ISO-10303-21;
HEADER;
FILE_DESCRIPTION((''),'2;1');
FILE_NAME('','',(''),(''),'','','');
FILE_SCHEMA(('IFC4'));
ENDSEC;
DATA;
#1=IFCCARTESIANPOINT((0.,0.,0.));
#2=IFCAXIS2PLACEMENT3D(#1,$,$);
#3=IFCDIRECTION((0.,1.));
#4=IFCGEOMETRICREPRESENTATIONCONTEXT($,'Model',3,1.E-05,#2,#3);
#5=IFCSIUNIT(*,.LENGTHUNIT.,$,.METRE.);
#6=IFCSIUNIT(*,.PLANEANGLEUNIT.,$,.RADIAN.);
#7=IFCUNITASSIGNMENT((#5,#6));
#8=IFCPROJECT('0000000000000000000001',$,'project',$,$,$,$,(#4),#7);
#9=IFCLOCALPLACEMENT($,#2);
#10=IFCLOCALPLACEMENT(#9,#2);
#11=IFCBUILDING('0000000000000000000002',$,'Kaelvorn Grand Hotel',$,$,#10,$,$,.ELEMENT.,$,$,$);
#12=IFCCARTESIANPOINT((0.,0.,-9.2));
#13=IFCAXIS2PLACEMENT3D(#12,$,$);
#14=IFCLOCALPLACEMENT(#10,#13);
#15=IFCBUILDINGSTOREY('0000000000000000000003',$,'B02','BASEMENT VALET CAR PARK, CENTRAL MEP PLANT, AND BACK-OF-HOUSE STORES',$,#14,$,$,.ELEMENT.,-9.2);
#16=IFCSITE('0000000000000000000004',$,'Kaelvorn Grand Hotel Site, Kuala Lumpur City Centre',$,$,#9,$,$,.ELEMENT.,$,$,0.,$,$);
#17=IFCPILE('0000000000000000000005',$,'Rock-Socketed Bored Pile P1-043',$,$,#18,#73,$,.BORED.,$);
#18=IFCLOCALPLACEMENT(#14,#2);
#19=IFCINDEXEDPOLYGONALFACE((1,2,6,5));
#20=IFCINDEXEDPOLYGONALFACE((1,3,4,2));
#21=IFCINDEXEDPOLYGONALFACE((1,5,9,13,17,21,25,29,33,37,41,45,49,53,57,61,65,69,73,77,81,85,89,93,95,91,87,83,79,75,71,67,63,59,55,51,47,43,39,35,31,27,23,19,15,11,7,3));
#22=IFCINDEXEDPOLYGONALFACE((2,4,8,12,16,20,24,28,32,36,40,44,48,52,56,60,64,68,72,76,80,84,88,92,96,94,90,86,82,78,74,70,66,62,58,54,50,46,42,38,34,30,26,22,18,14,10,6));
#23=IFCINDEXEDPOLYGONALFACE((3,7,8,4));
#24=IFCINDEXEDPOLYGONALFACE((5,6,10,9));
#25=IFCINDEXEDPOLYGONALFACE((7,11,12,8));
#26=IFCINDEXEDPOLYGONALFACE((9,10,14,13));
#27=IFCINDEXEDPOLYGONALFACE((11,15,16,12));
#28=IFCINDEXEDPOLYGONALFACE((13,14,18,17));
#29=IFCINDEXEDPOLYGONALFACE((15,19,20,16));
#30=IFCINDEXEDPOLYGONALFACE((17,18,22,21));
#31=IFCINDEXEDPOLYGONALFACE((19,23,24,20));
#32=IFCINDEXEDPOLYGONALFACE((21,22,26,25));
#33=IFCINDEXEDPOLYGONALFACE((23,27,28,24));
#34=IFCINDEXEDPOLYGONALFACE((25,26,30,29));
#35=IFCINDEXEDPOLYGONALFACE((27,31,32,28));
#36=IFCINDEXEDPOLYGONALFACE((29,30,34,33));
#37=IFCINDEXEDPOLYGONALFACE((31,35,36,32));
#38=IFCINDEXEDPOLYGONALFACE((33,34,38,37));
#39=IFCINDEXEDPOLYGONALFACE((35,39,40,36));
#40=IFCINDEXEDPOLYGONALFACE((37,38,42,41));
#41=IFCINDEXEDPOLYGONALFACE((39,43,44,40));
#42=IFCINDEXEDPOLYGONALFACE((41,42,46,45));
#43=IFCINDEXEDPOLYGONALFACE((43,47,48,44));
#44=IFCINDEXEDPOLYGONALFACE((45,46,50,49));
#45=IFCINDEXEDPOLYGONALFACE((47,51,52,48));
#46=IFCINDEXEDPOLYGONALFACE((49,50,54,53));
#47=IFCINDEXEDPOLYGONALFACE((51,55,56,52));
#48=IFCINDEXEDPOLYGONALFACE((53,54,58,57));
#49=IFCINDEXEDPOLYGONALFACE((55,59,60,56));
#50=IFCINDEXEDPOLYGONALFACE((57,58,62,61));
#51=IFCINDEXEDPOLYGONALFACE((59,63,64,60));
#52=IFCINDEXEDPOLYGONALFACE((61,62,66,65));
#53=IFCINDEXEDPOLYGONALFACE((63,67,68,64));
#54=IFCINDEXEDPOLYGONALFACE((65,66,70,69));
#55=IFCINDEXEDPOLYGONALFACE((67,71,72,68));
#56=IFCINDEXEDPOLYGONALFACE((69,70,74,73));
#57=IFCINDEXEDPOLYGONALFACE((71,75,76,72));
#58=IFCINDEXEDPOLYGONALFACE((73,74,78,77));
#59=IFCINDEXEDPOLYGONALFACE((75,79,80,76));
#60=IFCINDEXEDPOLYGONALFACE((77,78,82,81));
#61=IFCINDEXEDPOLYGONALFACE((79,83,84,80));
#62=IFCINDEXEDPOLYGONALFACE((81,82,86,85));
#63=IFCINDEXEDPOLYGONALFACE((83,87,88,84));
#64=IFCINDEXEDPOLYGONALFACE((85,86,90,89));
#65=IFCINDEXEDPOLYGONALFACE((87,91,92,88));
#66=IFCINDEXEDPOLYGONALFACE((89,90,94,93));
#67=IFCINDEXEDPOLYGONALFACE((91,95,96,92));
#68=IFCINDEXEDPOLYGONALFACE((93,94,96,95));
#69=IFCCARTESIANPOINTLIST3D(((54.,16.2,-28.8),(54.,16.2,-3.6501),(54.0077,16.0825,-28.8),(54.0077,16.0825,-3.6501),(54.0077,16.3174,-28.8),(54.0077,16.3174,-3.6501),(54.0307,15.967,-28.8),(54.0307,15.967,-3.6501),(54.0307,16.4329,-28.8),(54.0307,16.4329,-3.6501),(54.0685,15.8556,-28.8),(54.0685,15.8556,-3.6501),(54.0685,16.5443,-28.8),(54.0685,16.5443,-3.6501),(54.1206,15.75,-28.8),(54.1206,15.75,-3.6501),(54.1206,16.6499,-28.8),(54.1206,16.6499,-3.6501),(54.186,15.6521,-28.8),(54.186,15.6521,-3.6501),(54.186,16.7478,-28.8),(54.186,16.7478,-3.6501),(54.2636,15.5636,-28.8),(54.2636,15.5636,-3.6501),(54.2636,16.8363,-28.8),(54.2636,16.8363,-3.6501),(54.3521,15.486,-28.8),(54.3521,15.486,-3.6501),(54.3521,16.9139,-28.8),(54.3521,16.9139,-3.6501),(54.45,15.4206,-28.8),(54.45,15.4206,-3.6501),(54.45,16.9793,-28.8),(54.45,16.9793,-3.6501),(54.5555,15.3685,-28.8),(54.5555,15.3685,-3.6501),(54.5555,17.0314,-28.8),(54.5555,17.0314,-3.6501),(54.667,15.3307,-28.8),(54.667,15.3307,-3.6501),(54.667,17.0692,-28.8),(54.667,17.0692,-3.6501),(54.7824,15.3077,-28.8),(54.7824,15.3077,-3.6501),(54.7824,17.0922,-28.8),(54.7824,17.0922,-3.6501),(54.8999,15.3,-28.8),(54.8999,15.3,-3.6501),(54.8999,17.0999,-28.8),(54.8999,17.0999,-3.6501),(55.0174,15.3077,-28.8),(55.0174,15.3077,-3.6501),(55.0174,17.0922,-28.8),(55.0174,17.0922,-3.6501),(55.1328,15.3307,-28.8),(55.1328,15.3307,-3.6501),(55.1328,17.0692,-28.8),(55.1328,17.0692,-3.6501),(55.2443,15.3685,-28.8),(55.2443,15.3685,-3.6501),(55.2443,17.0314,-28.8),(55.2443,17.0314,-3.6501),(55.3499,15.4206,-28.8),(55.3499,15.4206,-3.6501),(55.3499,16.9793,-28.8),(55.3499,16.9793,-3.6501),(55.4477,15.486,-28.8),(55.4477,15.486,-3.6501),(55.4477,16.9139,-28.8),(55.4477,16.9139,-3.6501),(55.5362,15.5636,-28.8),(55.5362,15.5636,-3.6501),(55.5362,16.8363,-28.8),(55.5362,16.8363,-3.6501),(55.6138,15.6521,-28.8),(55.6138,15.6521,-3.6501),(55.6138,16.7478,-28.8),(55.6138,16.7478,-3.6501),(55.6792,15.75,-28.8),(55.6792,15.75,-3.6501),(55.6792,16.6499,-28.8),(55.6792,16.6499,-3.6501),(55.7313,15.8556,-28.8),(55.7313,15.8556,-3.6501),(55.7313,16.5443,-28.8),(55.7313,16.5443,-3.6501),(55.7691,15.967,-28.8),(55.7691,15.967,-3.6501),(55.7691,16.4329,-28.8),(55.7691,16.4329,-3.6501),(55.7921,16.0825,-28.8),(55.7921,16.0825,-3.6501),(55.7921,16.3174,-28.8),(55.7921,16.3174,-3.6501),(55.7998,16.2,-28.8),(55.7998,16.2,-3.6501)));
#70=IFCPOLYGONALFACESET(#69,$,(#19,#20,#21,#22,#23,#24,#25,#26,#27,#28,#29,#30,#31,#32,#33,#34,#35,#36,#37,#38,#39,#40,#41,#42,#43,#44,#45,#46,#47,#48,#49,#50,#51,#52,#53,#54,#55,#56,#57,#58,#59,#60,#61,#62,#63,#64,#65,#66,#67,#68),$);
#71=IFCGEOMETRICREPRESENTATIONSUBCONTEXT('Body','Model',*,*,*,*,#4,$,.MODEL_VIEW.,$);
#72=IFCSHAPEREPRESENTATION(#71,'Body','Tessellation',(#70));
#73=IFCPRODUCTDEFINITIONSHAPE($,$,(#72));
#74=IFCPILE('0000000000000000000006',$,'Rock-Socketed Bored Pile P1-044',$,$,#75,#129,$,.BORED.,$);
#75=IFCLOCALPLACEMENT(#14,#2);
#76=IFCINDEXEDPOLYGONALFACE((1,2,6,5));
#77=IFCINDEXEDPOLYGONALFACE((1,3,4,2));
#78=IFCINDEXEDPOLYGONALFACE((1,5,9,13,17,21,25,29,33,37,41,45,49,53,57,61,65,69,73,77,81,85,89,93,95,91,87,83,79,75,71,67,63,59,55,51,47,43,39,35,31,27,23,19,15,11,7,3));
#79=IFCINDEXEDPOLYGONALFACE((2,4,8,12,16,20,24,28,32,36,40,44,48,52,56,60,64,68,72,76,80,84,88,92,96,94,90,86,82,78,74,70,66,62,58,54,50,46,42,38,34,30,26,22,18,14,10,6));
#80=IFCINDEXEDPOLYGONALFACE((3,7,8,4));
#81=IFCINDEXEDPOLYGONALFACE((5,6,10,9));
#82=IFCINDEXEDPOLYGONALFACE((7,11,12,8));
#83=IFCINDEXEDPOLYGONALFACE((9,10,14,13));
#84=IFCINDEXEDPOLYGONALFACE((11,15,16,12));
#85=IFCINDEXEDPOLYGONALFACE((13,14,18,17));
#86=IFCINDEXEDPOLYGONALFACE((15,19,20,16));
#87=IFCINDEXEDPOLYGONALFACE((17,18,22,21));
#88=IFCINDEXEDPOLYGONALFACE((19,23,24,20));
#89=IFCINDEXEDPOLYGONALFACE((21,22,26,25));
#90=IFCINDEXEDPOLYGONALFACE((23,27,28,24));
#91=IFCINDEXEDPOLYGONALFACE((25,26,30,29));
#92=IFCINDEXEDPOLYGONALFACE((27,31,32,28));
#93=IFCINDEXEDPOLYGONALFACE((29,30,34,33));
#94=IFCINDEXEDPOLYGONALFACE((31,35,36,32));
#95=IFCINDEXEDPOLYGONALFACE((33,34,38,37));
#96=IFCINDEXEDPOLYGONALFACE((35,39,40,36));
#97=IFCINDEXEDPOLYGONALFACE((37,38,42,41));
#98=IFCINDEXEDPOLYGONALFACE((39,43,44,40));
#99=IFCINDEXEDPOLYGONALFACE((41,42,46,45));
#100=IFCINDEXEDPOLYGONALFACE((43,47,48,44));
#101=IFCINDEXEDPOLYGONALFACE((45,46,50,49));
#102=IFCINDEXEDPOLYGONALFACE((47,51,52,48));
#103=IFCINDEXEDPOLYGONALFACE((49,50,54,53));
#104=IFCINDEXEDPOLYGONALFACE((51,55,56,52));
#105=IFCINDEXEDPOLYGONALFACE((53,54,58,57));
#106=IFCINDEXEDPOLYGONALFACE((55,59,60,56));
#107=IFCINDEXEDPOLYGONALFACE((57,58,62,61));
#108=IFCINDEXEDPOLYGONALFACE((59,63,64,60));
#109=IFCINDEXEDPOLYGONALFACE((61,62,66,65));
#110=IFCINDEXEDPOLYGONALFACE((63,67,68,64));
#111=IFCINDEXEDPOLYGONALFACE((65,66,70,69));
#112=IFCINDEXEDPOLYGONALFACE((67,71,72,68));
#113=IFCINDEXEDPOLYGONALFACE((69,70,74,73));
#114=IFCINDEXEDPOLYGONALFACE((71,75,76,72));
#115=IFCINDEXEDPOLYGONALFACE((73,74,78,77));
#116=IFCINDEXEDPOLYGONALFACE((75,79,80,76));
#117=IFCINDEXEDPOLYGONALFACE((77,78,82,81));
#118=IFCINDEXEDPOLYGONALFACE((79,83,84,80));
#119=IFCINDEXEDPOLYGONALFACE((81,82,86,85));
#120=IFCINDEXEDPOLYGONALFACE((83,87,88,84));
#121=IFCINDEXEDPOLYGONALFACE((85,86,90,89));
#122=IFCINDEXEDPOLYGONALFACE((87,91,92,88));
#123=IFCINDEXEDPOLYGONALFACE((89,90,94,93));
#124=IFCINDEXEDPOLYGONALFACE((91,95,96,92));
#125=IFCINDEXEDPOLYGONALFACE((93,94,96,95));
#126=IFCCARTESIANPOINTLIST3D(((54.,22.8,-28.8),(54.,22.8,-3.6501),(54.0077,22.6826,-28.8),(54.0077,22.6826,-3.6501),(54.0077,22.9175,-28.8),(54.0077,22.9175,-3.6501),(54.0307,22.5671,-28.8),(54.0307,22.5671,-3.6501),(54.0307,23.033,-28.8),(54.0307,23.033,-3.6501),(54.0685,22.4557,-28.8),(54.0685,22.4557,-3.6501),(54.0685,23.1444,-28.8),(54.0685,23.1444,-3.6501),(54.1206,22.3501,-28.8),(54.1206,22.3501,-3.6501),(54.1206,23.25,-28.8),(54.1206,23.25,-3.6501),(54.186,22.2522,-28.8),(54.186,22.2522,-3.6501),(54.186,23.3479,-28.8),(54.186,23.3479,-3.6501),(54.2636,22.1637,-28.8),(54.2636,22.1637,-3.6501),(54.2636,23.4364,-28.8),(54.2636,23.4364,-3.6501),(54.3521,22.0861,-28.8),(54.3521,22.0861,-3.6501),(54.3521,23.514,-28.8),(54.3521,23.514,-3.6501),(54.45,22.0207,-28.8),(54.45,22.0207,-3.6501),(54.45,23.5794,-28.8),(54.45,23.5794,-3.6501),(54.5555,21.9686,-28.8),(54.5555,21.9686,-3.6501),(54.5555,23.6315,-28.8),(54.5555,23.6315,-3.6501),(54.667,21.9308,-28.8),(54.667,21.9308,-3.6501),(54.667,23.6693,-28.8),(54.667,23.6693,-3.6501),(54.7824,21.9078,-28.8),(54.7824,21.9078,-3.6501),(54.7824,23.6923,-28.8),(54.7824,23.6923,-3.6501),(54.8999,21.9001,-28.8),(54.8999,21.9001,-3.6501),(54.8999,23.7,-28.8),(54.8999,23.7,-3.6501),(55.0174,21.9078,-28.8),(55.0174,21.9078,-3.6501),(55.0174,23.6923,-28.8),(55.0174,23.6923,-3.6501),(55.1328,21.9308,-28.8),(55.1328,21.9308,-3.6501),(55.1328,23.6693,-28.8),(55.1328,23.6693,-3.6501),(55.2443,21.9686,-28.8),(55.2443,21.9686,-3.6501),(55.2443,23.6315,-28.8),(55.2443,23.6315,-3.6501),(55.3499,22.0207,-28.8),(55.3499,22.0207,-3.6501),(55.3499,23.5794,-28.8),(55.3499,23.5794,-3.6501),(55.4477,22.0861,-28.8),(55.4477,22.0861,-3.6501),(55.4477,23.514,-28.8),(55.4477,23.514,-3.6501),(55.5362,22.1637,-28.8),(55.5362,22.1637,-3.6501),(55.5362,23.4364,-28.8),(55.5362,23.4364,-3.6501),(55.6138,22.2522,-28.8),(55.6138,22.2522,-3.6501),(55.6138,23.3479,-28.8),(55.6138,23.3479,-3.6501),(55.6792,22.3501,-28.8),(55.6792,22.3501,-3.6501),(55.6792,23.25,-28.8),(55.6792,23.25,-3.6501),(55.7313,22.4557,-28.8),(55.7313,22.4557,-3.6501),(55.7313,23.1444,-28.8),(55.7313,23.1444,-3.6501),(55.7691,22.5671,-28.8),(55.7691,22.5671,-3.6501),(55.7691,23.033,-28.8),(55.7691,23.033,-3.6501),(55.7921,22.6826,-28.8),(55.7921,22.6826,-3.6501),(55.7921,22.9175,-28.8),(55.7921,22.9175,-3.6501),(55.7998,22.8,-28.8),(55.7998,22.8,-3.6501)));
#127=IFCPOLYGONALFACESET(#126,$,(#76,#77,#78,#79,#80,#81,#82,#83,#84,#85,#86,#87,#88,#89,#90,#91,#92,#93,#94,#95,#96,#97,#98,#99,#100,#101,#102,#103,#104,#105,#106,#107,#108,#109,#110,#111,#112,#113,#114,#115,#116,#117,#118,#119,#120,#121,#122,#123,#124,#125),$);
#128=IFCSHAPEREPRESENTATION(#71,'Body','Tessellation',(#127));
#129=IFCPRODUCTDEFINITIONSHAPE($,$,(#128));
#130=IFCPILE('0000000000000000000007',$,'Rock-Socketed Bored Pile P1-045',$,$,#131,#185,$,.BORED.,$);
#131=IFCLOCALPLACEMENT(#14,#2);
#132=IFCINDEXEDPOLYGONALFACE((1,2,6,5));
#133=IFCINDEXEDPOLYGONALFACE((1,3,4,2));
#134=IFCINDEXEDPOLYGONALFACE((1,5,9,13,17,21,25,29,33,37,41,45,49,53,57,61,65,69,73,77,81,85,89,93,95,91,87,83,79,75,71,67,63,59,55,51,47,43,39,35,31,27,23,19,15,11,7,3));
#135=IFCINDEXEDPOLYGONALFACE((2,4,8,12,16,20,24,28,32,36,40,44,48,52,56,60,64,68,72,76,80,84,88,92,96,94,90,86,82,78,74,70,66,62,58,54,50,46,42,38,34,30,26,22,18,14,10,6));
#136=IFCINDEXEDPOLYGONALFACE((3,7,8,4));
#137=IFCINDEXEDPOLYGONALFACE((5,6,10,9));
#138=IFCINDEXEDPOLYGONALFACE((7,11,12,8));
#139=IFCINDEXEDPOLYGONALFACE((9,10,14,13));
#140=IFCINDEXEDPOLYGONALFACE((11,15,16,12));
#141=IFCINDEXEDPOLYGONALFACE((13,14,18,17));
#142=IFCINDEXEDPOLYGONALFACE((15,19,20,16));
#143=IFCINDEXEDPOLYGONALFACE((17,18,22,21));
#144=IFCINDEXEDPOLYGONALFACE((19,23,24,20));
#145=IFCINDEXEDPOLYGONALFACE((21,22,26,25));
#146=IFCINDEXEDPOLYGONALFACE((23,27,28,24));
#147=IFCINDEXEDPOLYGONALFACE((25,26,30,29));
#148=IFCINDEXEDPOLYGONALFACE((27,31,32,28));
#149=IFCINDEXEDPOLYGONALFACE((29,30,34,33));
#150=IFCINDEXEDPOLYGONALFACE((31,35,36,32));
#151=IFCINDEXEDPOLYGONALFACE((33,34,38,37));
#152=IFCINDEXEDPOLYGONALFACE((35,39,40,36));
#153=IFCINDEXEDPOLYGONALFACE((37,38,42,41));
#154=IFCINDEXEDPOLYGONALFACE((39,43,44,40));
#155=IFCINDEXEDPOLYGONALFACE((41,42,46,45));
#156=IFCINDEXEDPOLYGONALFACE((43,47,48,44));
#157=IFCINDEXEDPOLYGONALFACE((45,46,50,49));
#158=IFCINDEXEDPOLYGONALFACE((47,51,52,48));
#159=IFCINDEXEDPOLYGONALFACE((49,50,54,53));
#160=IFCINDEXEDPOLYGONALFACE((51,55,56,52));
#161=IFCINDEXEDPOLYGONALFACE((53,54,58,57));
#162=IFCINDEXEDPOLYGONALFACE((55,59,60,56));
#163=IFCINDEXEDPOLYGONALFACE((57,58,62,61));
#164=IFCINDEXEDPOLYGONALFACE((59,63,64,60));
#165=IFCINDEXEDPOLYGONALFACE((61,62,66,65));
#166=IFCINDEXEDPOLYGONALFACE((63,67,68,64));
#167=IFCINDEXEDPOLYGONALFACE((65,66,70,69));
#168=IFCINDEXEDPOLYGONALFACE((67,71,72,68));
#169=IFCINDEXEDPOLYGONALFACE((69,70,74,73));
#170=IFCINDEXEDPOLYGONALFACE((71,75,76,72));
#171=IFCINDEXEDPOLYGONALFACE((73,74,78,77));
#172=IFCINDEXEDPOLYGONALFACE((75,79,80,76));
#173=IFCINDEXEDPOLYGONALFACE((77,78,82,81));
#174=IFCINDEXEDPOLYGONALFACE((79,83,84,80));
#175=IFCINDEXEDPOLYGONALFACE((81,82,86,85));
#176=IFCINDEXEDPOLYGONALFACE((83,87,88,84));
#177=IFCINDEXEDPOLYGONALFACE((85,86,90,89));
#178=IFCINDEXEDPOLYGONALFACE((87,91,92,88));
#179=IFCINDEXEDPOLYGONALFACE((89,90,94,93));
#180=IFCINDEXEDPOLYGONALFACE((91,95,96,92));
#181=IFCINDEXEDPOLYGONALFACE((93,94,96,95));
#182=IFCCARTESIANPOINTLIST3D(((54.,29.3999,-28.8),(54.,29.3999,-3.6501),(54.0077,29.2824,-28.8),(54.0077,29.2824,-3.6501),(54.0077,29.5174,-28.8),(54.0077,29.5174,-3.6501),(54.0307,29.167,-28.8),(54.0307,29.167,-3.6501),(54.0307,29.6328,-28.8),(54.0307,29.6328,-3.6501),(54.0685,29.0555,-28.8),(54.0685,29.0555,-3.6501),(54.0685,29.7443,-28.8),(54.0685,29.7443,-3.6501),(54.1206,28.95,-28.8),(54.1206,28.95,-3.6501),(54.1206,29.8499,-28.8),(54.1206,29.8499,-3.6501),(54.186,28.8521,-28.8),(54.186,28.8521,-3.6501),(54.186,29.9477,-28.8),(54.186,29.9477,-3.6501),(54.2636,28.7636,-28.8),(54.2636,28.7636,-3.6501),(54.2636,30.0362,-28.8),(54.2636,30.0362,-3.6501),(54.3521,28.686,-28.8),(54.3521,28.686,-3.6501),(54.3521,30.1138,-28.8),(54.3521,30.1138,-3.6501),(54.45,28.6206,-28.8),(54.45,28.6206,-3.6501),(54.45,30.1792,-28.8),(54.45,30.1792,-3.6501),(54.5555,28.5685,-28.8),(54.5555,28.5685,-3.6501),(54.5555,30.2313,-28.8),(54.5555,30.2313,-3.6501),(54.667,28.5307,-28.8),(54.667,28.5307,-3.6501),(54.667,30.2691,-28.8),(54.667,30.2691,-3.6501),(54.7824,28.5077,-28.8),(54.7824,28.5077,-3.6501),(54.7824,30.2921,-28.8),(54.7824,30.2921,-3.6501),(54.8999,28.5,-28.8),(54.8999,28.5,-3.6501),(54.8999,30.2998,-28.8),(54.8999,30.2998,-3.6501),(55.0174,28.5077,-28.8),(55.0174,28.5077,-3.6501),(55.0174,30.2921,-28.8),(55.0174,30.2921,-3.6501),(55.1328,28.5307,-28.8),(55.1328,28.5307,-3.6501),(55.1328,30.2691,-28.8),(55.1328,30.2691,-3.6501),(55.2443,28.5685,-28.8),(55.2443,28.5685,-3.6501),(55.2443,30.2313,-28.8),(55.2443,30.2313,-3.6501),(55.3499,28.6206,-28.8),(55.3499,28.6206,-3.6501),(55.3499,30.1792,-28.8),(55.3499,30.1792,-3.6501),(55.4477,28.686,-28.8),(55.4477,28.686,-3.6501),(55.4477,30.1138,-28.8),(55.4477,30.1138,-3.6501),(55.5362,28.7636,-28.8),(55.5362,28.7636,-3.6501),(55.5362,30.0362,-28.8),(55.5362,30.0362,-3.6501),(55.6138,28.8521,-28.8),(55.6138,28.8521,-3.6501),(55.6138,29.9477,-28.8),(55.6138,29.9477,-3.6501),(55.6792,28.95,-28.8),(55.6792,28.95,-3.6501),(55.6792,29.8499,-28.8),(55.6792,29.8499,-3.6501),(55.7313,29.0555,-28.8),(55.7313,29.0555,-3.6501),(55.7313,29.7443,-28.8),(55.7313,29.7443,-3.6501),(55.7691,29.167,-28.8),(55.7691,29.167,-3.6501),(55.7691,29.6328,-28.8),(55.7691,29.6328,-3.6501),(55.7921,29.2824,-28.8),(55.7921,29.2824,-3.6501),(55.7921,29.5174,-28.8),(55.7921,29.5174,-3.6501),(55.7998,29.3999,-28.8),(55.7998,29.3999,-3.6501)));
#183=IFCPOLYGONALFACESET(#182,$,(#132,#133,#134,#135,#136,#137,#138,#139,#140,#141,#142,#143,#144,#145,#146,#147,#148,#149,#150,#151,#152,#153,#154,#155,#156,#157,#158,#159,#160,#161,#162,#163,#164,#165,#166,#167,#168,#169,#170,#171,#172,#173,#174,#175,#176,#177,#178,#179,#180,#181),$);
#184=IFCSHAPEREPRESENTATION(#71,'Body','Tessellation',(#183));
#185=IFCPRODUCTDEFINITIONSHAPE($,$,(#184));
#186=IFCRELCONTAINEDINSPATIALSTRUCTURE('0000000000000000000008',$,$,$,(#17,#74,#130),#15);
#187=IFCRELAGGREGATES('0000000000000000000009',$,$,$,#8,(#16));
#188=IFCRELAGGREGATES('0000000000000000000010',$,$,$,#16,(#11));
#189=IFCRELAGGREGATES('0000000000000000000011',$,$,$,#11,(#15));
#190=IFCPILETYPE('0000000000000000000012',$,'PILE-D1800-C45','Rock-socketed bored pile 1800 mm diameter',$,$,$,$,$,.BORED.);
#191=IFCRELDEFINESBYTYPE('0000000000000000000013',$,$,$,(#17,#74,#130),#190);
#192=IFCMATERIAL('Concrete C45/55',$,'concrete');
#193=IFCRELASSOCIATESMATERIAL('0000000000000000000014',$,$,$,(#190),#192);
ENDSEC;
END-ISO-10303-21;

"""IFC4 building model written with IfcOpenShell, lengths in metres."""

from ifc_helpers import new_model, si_unit, direction, frame, origin, origin_2d, place, context, subcontext, project, spatial, circle, extrude, material, material_profile, profile_set, type_object, element, save


model = new_model("IFC4")

# Units and contexts
model_context = context("Model", 3, precision=1e-05, world=origin(), true_north=direction((0.0, 1.0)))
body_context = subcontext(model_context, "Body", "Model", "MODEL_VIEW")
ifc_project = project(units=[si_unit("LENGTHUNIT", "METRE"), si_unit("PLANEANGLEUNIT", "RADIAN")], contexts=[model_context])

# Site, building, storey
site_placement = place(None, origin())
site = spatial("IfcSite", under=ifc_project, at=site_placement, Name="Kaelvorn Grand Hotel Site, Kuala Lumpur City Centre", CompositionType="ELEMENT", RefElevation=0.0)
building_placement = place(site_placement, origin())
building = spatial("IfcBuilding", under=site, at=building_placement, Name="Kaelvorn Grand Hotel", CompositionType="ELEMENT")
storey_placement = place(building_placement, frame((0.0, 0.0, -9.2)))
storey = spatial("IfcBuildingStorey", under=building, at=storey_placement, Name="B02", Description="BASEMENT VALET CAR PARK, CENTRAL MEP PLANT, AND BACK-OF-HOUSE STORES", CompositionType="ELEMENT", Elevation=-9.2)

# Piles
ifc_material_1 = material(Name="Concrete C45/55", Category="concrete")
ifc_material_profile_1 = material_profile(ifc_material_1, circle(Radius=0.8999, at=origin_2d()), Name="BORED PILE D1800")
ifc_profile_set_1 = profile_set([ifc_material_profile_1], Name="Concrete C45/55")
pile_type = type_object("IfcPileType", Name="PILE-D1800-C45", Description="Rock-socketed bored pile 1800 mm diameter", PredefinedType="BORED", material=ifc_profile_set_1)
for number, where, z_axis, x_axis, name in (
    (1, (54.8999, 16.2, -3.6501), (0.0, 0.0, -1.0), (1.0, 0.0, 0.0), "Rock-Socketed Bored Pile P1-043"),
    (2, (54.8999, 22.8, -3.6501), (0.0, 0.0, -1.0), (1.0, 0.0, 0.0), "Rock-Socketed Bored Pile P1-044"),
    (3, (54.8999, 29.3999, -3.6501), (0.0, 0.0, -1.0), (1.0, 0.0, 0.0), "Rock-Socketed Bored Pile P1-045"),
):
    element("IfcPile", number, at=place(storey_placement, frame(where, z_axis=z_axis, x_axis=x_axis)), inside=storey, type_object=pile_type, Name=name, PredefinedType="BORED", context=body_context, shape_type="SweptSolid", body=[
        extrude(circle(Radius=0.8999, at=origin_2d()), origin(), (0.0, 0.0, 1.0), 25.1499),
    ])

save(model, "model.ifc")
